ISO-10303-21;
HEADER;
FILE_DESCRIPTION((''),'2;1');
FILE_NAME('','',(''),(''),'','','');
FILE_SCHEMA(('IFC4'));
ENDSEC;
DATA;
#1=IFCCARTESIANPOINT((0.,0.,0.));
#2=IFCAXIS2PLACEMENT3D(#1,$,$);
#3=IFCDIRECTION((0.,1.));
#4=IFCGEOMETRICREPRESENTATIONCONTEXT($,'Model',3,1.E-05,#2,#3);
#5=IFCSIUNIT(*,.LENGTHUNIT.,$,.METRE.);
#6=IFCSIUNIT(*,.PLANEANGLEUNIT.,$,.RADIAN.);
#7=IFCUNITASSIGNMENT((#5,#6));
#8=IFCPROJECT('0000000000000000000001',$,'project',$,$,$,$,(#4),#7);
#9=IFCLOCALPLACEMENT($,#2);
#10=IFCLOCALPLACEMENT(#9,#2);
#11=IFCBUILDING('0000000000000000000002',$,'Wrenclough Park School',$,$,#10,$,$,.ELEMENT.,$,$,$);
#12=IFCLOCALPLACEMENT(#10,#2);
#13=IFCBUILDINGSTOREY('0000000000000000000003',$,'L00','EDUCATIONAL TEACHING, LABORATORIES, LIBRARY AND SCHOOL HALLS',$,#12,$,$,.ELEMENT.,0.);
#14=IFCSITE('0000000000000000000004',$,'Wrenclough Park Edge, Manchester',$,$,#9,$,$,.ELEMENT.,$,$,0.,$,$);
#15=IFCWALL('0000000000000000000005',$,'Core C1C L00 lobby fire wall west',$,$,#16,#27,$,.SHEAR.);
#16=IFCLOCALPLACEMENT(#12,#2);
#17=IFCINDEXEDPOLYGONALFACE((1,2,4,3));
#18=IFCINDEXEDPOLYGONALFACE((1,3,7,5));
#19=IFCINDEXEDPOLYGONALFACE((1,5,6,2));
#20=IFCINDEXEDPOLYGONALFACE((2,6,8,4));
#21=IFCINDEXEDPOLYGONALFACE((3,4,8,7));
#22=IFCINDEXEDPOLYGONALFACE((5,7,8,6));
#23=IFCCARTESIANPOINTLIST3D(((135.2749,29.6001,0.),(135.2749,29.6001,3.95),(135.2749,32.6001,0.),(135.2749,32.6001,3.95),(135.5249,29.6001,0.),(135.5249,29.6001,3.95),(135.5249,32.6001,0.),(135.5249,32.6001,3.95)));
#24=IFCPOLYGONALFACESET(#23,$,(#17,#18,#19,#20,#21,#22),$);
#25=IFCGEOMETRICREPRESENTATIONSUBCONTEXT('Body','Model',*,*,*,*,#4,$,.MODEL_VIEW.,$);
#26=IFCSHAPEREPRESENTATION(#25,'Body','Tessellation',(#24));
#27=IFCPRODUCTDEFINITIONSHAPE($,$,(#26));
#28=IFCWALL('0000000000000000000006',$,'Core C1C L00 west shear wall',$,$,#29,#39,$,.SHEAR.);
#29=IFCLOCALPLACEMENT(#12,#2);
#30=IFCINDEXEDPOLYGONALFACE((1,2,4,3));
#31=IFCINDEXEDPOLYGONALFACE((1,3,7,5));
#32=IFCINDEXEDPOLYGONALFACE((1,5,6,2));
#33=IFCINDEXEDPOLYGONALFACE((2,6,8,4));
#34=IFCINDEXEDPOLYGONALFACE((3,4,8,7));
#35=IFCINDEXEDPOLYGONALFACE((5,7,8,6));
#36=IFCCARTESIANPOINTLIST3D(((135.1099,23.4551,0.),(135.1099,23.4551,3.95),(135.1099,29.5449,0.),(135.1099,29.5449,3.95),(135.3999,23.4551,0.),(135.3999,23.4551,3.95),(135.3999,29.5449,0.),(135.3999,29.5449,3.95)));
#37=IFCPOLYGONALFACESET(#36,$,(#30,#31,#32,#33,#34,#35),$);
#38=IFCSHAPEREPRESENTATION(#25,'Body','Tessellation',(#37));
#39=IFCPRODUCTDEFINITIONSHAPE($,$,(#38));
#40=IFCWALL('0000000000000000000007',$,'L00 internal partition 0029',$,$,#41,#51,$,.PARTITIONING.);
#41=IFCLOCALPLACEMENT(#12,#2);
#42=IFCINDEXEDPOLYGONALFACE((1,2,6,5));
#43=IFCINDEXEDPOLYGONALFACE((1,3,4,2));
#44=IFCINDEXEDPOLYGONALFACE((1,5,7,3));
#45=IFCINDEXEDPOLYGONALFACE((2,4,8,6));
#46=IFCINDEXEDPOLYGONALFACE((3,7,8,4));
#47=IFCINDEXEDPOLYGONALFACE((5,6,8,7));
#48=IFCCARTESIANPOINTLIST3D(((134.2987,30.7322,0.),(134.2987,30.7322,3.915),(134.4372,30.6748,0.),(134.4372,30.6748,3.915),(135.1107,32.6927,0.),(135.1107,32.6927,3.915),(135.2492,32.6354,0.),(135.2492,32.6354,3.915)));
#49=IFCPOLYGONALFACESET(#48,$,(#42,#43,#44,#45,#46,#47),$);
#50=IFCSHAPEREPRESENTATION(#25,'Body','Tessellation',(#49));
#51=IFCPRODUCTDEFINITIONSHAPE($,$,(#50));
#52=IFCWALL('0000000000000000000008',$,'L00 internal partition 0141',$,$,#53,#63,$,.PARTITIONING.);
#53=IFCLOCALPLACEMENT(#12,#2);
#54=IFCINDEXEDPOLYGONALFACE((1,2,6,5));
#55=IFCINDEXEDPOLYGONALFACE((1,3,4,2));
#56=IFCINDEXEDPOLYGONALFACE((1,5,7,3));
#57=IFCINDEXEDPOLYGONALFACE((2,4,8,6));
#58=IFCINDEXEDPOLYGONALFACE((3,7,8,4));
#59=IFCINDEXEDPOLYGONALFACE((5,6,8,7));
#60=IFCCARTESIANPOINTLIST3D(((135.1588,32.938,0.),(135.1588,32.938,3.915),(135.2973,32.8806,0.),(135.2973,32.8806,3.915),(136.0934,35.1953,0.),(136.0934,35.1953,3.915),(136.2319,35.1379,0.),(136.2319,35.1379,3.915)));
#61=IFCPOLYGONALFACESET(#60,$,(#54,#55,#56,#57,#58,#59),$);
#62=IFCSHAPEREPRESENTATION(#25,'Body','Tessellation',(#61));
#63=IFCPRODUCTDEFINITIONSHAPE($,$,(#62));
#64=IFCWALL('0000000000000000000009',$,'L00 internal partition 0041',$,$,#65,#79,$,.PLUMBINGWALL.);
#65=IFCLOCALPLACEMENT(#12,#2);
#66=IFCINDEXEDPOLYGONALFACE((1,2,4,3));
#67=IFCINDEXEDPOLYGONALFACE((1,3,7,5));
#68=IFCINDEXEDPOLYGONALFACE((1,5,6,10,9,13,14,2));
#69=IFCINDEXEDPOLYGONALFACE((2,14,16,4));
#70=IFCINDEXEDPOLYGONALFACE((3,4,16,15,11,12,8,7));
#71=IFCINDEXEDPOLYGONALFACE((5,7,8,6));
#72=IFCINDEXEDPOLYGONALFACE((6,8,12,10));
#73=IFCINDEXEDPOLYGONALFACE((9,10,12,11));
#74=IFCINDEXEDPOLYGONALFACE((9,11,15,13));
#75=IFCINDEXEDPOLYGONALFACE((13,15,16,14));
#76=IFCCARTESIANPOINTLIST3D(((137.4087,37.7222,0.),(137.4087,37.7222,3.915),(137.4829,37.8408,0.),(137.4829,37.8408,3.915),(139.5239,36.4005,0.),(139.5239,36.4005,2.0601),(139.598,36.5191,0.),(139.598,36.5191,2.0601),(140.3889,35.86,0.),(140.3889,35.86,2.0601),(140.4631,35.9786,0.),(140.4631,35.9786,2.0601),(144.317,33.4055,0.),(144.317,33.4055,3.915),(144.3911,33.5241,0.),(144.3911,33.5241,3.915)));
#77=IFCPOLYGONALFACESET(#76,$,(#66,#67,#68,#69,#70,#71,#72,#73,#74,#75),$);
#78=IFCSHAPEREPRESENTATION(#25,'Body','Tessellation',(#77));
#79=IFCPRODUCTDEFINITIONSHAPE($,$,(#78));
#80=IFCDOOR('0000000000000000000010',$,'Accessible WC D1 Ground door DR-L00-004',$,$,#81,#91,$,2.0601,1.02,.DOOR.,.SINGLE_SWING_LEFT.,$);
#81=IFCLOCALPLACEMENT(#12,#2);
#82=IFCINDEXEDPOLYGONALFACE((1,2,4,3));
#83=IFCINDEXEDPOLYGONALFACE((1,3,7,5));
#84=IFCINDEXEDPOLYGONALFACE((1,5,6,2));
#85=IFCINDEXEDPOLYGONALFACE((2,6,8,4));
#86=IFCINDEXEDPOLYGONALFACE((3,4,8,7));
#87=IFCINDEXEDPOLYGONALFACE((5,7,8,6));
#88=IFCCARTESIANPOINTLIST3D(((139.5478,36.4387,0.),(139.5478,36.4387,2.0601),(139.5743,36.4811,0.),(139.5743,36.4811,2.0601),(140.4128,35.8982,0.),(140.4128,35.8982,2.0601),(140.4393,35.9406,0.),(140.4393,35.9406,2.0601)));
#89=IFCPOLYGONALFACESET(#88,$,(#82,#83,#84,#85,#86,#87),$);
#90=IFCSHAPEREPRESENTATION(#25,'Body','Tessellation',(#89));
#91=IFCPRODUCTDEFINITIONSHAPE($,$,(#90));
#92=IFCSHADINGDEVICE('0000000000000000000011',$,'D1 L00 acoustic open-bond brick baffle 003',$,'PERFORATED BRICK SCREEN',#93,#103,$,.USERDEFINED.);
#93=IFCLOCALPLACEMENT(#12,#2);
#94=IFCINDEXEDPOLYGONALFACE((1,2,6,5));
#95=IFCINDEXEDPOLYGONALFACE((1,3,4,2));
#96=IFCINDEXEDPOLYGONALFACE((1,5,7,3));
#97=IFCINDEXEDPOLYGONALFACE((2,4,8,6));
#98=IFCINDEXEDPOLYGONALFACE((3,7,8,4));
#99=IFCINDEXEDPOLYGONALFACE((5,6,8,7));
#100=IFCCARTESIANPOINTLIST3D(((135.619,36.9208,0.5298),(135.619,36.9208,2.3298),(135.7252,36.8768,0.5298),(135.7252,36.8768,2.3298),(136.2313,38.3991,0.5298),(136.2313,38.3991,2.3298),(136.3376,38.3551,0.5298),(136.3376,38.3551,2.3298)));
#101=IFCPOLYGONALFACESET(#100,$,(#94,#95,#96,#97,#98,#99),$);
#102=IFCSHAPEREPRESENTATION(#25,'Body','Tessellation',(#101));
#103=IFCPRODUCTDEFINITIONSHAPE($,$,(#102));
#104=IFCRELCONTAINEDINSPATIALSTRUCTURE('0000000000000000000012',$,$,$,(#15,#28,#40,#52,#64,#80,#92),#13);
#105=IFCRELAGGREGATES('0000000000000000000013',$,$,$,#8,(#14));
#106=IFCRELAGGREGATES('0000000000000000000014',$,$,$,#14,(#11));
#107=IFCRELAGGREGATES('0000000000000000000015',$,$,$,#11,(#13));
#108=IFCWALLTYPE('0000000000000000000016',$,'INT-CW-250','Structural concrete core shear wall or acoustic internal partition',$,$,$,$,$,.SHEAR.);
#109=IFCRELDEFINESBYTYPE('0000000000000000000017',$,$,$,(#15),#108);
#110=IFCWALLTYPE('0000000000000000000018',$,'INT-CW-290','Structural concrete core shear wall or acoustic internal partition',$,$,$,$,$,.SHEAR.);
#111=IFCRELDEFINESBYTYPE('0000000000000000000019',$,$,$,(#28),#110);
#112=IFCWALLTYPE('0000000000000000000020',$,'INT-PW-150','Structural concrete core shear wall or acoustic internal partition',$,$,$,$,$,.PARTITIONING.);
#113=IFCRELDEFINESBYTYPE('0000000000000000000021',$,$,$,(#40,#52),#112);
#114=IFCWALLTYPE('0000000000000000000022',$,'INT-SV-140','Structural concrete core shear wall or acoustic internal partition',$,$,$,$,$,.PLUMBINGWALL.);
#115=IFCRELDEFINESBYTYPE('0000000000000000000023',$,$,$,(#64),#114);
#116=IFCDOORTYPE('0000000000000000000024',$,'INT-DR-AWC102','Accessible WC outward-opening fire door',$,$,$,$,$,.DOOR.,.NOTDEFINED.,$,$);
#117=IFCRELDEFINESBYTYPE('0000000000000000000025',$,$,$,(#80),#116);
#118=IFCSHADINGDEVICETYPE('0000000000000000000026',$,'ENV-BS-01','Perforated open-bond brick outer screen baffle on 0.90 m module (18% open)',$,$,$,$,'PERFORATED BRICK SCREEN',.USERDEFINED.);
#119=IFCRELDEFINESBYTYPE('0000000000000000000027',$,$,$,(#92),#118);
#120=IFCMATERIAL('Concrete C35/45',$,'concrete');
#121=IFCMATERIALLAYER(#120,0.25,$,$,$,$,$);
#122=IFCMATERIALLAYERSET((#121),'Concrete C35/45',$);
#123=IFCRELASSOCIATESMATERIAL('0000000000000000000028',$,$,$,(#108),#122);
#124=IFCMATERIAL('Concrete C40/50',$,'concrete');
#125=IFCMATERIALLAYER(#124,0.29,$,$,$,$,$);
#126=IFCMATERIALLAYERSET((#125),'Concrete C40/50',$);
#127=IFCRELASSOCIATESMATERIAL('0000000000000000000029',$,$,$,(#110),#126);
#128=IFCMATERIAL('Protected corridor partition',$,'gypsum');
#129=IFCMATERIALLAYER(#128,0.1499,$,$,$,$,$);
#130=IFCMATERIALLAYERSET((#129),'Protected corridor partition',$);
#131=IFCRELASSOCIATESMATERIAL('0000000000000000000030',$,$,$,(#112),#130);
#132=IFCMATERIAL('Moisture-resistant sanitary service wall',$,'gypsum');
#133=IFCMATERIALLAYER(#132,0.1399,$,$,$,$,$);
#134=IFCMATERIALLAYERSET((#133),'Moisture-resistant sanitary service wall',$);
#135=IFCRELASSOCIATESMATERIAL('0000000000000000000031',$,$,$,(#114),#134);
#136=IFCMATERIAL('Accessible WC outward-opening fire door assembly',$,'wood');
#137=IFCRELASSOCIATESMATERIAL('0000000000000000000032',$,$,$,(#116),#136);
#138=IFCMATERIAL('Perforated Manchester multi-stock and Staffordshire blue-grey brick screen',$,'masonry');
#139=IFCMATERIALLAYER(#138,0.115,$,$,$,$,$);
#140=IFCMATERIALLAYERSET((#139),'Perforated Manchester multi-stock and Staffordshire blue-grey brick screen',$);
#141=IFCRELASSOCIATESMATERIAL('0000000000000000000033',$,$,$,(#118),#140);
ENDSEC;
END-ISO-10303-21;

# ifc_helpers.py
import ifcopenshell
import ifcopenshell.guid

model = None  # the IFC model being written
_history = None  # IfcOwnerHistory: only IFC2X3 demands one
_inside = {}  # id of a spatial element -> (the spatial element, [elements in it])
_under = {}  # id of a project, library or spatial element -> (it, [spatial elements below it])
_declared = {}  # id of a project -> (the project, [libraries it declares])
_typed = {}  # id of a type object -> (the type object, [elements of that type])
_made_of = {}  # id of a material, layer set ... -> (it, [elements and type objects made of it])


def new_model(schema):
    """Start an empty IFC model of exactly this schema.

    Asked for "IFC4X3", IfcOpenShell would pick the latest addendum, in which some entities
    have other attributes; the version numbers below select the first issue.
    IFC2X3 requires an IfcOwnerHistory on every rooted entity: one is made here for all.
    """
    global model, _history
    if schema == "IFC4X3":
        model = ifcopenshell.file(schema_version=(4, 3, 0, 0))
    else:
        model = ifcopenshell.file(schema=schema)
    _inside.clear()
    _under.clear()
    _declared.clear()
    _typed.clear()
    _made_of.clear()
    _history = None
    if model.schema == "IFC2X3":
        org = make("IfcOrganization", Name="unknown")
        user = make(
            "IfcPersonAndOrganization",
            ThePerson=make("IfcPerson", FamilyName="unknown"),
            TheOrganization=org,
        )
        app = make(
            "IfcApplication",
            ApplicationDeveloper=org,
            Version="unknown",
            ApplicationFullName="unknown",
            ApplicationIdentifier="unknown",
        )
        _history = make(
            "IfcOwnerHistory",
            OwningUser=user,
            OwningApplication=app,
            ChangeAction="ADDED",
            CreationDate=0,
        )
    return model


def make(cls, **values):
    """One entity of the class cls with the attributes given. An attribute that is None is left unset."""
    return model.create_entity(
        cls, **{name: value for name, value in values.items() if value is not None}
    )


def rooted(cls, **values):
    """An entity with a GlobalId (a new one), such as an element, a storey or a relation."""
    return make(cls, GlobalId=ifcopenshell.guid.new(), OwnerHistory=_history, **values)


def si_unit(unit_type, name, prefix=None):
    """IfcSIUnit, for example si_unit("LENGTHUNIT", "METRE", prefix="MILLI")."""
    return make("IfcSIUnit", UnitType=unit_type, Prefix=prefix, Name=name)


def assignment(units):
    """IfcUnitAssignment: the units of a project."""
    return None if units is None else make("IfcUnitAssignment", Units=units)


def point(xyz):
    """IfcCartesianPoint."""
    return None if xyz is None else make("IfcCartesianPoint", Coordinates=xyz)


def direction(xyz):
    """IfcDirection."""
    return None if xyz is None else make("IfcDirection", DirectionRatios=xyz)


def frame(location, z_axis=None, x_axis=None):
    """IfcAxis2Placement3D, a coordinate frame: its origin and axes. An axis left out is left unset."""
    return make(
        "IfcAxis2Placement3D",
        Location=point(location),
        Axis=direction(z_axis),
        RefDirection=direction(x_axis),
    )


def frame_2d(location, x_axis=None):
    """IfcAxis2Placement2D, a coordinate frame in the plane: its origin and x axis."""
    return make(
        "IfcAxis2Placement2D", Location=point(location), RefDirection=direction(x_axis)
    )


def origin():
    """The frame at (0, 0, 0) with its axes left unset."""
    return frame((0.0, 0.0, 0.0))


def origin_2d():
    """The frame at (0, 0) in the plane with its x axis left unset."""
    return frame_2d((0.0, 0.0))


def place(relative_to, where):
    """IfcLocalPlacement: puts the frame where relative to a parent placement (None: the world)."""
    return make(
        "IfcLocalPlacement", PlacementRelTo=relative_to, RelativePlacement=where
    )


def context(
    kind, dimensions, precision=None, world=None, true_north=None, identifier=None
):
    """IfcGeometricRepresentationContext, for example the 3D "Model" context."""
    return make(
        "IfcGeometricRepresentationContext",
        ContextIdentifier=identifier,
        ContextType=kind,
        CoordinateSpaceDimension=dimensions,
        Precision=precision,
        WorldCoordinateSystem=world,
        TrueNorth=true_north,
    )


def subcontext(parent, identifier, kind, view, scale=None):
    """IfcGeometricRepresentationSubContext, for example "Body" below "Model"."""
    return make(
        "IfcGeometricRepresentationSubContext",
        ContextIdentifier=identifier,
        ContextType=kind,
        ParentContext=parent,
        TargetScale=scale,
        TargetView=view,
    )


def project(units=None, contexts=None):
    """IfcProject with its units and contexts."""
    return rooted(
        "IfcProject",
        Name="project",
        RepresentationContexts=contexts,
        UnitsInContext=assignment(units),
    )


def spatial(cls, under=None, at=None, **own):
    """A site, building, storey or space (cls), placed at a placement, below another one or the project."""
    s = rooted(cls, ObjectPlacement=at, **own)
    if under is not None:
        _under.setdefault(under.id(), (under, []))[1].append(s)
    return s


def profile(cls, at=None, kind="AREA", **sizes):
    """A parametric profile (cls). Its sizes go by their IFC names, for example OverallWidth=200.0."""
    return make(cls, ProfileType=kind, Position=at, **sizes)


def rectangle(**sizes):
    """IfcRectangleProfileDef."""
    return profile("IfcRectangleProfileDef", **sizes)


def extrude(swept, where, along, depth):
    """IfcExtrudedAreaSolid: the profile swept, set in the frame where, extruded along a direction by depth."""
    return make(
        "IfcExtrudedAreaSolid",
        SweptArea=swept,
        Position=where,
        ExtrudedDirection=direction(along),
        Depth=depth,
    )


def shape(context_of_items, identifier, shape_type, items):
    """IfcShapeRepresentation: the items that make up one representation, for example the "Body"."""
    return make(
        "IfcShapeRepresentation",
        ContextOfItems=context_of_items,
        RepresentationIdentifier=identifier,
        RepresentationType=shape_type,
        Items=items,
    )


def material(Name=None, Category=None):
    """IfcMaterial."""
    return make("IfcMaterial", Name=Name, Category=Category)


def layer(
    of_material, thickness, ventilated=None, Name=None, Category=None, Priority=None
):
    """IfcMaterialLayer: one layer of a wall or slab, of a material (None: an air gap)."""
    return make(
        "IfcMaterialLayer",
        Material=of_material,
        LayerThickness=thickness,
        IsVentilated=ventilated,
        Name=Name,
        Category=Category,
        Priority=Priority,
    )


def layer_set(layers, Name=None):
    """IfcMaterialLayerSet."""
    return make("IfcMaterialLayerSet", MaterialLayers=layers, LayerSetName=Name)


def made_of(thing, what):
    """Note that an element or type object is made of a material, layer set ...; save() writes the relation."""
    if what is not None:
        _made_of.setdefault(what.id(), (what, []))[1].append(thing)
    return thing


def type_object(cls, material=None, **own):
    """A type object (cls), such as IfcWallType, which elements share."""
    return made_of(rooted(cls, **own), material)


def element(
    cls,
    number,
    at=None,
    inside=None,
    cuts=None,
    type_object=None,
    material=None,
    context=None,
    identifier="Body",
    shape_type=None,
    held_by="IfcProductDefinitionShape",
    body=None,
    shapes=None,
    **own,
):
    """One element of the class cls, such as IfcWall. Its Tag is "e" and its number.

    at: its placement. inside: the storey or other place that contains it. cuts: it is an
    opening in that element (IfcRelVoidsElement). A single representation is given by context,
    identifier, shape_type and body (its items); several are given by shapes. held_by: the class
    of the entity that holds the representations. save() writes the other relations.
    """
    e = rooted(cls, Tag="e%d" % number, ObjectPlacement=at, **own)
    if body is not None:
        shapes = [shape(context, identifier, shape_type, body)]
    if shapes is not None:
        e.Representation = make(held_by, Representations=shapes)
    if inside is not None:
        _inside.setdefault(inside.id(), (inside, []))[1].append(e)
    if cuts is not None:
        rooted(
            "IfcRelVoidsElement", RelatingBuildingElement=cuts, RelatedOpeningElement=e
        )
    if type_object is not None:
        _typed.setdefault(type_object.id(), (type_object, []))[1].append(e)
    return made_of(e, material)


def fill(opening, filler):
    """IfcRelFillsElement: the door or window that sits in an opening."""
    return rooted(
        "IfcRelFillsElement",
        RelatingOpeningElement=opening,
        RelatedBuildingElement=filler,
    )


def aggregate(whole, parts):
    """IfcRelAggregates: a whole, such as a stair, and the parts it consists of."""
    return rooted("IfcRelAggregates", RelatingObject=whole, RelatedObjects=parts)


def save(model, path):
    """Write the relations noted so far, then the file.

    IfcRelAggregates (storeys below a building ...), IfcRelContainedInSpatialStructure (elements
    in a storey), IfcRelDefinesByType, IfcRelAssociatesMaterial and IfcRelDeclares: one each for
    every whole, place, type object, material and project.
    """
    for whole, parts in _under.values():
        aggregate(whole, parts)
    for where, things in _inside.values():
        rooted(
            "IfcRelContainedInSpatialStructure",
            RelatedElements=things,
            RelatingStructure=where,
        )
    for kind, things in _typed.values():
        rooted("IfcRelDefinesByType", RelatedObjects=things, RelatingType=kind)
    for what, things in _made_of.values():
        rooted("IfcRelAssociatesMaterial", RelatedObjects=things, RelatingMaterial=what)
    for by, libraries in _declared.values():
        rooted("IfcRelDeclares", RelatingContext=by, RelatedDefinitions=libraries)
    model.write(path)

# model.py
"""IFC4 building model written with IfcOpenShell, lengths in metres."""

from ifc_helpers import new_model, si_unit, direction, frame, frame_2d, origin, origin_2d, place, context, subcontext, project, spatial, rectangle, extrude, material, layer, layer_set, type_object, element, fill, save


model = new_model("IFC4")

# Units and contexts
model_context = context("Model", 3, precision=1e-05, world=origin(), true_north=direction((0.0, 1.0)))
body_context = subcontext(model_context, "Body", "Model", "MODEL_VIEW")
ifc_project = project(units=[si_unit("LENGTHUNIT", "METRE"), si_unit("PLANEANGLEUNIT", "RADIAN")], contexts=[model_context])

# Site, building, storey
site_placement = place(None, origin())
site = spatial("IfcSite", under=ifc_project, at=site_placement, Name="Wrenclough Park Edge, Manchester", CompositionType="ELEMENT", RefElevation=0.0)
building_placement = place(site_placement, origin())
building = spatial("IfcBuilding", under=site, at=building_placement, Name="Wrenclough Park School", CompositionType="ELEMENT")
storey_placement = place(building_placement, origin())
storey = spatial("IfcBuildingStorey", under=building, at=storey_placement, Name="L00", Description="EDUCATIONAL TEACHING, LABORATORIES, LIBRARY AND SCHOOL HALLS", CompositionType="ELEMENT", Elevation=0.0)

# Shared definitions
ifc_material_1 = material(Name="Concrete C35/45", Category="concrete")

# Shared definitions
ifc_material_2 = material(Name="Concrete C40/50", Category="concrete")

# Walls
ifc_layer_1 = layer(ifc_material_1, 0.25)
ifc_layer_set_1 = layer_set([ifc_layer_1], Name="Concrete C35/45")
wall_type_1 = type_object("IfcWallType", Name="INT-CW-250", Description="Structural concrete core shear wall or acoustic internal partition", PredefinedType="SHEAR", material=ifc_layer_set_1)
wall_1_placement = place(storey_placement, frame((135.3999, 32.6001, 0.0), z_axis=(0.0, 0.0, 1.0), x_axis=(0.0, -1.0, 0.0)))
element("IfcWall", 1, at=wall_1_placement, inside=storey, type_object=wall_type_1, Name="Core C1C L00 lobby fire wall west", PredefinedType="SHEAR", context=body_context, shape_type="SweptSolid", body=[
    extrude(rectangle(XDim=3.0, YDim=0.25, at=frame_2d((1.5, 0.0))), origin(), (0.0, 0.0, 1.0), 3.95),
])
ifc_layer_2 = layer(ifc_material_2, 0.29)
ifc_layer_set_2 = layer_set([ifc_layer_2], Name="Concrete C40/50")
wall_type_2 = type_object("IfcWallType", Name="INT-CW-290", Description="Structural concrete core shear wall or acoustic internal partition", PredefinedType="SHEAR", material=ifc_layer_set_2)
wall_2_placement = place(storey_placement, frame((135.2549, 29.5449, 0.0), z_axis=(0.0, 0.0, 1.0), x_axis=(0.0, -1.0, 0.0)))
element("IfcWall", 2, at=wall_2_placement, inside=storey, type_object=wall_type_2, Name="Core C1C L00 west shear wall", PredefinedType="SHEAR", context=body_context, shape_type="SweptSolid", body=[
    extrude(rectangle(XDim=6.0898, YDim=0.29, at=frame_2d((3.0449, 0.0))), origin(), (0.0, 0.0, 1.0), 3.95),
])
ifc_material_3 = material(Name="Protected corridor partition", Category="gypsum")
ifc_layer_3 = layer(ifc_material_3, 0.1499)
ifc_layer_set_3 = layer_set([ifc_layer_3], Name="Protected corridor partition")
wall_type_3 = type_object("IfcWallType", Name="INT-PW-150", Description="Structural concrete core shear wall or acoustic internal partition", PredefinedType="PARTITIONING", material=ifc_layer_set_3)
wall_3_placement = place(storey_placement, frame((135.1799, 32.6641, 0.0), z_axis=(0.0, 0.0, 1.0), x_axis=(-0.38263, -0.923902, 0.0)))
element("IfcWall", 3, at=wall_3_placement, inside=storey, type_object=wall_type_3, Name="L00 internal partition 0029", PredefinedType="PARTITIONING", context=body_context, shape_type="SweptSolid", body=[
    extrude(rectangle(XDim=2.1221, YDim=0.1499, at=frame_2d((1.061, 0.0))), origin(), (0.0, 0.0, 1.0), 3.915),
])
wall_4_placement = place(storey_placement, frame((135.228, 32.9092, 0.0), z_axis=(0.0, 0.0, 1.0), x_axis=(0.382528, 0.923944, 0.0)))
element("IfcWall", 4, at=wall_4_placement, inside=storey, type_object=wall_type_3, Name="L00 internal partition 0141", PredefinedType="PARTITIONING", context=body_context, shape_type="SweptSolid", body=[
    extrude(rectangle(XDim=2.4431, YDim=0.1499, at=frame_2d((1.2217, 0.0))), origin(), (0.0, 0.0, 1.0), 3.915),
])

# Wall, opening, door
ifc_material_4 = material(Name="Moisture-resistant sanitary service wall", Category="gypsum")
ifc_layer_4 = layer(ifc_material_4, 0.1399)
ifc_layer_set_4 = layer_set([ifc_layer_4], Name="Moisture-resistant sanitary service wall")
wall_type_4 = type_object("IfcWallType", Name="INT-SV-140", Description="Structural concrete core shear wall or acoustic internal partition", PredefinedType="PLUMBINGWALL", material=ifc_layer_set_4)
wall_5_placement = place(storey_placement, frame((137.4458, 37.7815, 0.0), z_axis=(0.0, 0.0, 1.0), x_axis=(0.848052, -0.529913, 0.0)))
wall_5 = element("IfcWall", 5, at=wall_5_placement, inside=storey, type_object=wall_type_4, Name="L00 internal partition 0041", PredefinedType="PLUMBINGWALL", context=body_context, shape_type="SweptSolid", body=[
    extrude(rectangle(XDim=8.146, YDim=0.1399, at=frame_2d((4.073, 0.0))), origin(), (0.0, 0.0, 1.0), 3.915),
])
opening_1_placement = place(wall_5_placement, frame((2.4941, 0.0, 0.0)))
opening_1 = element("IfcOpeningElement", 6, at=opening_1_placement, cuts=wall_5, PredefinedType="OPENING", context=body_context, shape_type="SweptSolid", body=[
    extrude(rectangle(XDim=1.02, YDim=2.0601, at=frame_2d((0.51, 1.03))), frame((0.0, 0.0798, 0.0), z_axis=(0.0, -1.0, 0.0), x_axis=(1.0, 0.0, 0.0)), (0.0, 0.0, 1.0), 0.1599),
])
ifc_material_5 = material(Name="Accessible WC outward-opening fire door assembly", Category="wood")
door_type = type_object("IfcDoorType", Name="INT-DR-AWC102", Description="Accessible WC outward-opening fire door", OperationType="NOTDEFINED", PredefinedType="DOOR", material=ifc_material_5)
door_placement = place(opening_1_placement, frame((1.02, 0.0, 0.0), z_axis=(0.0, 0.0, 1.0), x_axis=(-1.0, 0.0, 0.0)))
door = element("IfcDoor", 7, at=door_placement, inside=storey, type_object=door_type, Name="Accessible WC D1 Ground door DR-L00-004", OperationType="SINGLE_SWING_LEFT", OverallHeight=2.0601, OverallWidth=1.02, PredefinedType="DOOR", context=body_context, shape_type="SweptSolid", body=[
    extrude(rectangle(XDim=1.02, YDim=2.0601, at=frame_2d((0.51, 1.03))), frame((0.0, 0.0249, 0.0), z_axis=(0.0, -1.0, 0.0), x_axis=(1.0, 0.0, 0.0)), (0.0, 0.0, 1.0), 0.05),
])
fill(opening_1, door)

# Shading device
ifc_material_6 = material(Name="Perforated Manchester multi-stock and Staffordshire blue-grey brick screen", Category="masonry")
ifc_layer_5 = layer(ifc_material_6, 0.115)
ifc_layer_set_5 = layer_set([ifc_layer_5], Name="Perforated Manchester multi-stock and Staffordshire blue-grey brick screen")
shading_device_type = type_object("IfcShadingDeviceType", Name="ENV-BS-01", Description="Perforated open-bond brick outer screen baffle on 0.90 m module (18% open)", ElementType="PERFORATED BRICK SCREEN", PredefinedType="USERDEFINED", material=ifc_layer_set_5)
shading_device_placement = place(storey_placement, frame((135.9783, 37.6379, 0.5298), z_axis=(0.0, 0.0, 1.0), x_axis=(-0.382679, -0.923881, 0.0)))
element("IfcShadingDevice", 8, at=shading_device_placement, inside=storey, type_object=shading_device_type, Name="D1 L00 acoustic open-bond brick baffle 003", ObjectType="PERFORATED BRICK SCREEN", PredefinedType="USERDEFINED", context=body_context, shape_type="SweptSolid", body=[
    extrude(rectangle(XDim=1.6001, YDim=0.115, at=origin_2d()), origin(), (0.0, 0.0, 1.0), 1.8),
])

save(model, "model.ifc")
